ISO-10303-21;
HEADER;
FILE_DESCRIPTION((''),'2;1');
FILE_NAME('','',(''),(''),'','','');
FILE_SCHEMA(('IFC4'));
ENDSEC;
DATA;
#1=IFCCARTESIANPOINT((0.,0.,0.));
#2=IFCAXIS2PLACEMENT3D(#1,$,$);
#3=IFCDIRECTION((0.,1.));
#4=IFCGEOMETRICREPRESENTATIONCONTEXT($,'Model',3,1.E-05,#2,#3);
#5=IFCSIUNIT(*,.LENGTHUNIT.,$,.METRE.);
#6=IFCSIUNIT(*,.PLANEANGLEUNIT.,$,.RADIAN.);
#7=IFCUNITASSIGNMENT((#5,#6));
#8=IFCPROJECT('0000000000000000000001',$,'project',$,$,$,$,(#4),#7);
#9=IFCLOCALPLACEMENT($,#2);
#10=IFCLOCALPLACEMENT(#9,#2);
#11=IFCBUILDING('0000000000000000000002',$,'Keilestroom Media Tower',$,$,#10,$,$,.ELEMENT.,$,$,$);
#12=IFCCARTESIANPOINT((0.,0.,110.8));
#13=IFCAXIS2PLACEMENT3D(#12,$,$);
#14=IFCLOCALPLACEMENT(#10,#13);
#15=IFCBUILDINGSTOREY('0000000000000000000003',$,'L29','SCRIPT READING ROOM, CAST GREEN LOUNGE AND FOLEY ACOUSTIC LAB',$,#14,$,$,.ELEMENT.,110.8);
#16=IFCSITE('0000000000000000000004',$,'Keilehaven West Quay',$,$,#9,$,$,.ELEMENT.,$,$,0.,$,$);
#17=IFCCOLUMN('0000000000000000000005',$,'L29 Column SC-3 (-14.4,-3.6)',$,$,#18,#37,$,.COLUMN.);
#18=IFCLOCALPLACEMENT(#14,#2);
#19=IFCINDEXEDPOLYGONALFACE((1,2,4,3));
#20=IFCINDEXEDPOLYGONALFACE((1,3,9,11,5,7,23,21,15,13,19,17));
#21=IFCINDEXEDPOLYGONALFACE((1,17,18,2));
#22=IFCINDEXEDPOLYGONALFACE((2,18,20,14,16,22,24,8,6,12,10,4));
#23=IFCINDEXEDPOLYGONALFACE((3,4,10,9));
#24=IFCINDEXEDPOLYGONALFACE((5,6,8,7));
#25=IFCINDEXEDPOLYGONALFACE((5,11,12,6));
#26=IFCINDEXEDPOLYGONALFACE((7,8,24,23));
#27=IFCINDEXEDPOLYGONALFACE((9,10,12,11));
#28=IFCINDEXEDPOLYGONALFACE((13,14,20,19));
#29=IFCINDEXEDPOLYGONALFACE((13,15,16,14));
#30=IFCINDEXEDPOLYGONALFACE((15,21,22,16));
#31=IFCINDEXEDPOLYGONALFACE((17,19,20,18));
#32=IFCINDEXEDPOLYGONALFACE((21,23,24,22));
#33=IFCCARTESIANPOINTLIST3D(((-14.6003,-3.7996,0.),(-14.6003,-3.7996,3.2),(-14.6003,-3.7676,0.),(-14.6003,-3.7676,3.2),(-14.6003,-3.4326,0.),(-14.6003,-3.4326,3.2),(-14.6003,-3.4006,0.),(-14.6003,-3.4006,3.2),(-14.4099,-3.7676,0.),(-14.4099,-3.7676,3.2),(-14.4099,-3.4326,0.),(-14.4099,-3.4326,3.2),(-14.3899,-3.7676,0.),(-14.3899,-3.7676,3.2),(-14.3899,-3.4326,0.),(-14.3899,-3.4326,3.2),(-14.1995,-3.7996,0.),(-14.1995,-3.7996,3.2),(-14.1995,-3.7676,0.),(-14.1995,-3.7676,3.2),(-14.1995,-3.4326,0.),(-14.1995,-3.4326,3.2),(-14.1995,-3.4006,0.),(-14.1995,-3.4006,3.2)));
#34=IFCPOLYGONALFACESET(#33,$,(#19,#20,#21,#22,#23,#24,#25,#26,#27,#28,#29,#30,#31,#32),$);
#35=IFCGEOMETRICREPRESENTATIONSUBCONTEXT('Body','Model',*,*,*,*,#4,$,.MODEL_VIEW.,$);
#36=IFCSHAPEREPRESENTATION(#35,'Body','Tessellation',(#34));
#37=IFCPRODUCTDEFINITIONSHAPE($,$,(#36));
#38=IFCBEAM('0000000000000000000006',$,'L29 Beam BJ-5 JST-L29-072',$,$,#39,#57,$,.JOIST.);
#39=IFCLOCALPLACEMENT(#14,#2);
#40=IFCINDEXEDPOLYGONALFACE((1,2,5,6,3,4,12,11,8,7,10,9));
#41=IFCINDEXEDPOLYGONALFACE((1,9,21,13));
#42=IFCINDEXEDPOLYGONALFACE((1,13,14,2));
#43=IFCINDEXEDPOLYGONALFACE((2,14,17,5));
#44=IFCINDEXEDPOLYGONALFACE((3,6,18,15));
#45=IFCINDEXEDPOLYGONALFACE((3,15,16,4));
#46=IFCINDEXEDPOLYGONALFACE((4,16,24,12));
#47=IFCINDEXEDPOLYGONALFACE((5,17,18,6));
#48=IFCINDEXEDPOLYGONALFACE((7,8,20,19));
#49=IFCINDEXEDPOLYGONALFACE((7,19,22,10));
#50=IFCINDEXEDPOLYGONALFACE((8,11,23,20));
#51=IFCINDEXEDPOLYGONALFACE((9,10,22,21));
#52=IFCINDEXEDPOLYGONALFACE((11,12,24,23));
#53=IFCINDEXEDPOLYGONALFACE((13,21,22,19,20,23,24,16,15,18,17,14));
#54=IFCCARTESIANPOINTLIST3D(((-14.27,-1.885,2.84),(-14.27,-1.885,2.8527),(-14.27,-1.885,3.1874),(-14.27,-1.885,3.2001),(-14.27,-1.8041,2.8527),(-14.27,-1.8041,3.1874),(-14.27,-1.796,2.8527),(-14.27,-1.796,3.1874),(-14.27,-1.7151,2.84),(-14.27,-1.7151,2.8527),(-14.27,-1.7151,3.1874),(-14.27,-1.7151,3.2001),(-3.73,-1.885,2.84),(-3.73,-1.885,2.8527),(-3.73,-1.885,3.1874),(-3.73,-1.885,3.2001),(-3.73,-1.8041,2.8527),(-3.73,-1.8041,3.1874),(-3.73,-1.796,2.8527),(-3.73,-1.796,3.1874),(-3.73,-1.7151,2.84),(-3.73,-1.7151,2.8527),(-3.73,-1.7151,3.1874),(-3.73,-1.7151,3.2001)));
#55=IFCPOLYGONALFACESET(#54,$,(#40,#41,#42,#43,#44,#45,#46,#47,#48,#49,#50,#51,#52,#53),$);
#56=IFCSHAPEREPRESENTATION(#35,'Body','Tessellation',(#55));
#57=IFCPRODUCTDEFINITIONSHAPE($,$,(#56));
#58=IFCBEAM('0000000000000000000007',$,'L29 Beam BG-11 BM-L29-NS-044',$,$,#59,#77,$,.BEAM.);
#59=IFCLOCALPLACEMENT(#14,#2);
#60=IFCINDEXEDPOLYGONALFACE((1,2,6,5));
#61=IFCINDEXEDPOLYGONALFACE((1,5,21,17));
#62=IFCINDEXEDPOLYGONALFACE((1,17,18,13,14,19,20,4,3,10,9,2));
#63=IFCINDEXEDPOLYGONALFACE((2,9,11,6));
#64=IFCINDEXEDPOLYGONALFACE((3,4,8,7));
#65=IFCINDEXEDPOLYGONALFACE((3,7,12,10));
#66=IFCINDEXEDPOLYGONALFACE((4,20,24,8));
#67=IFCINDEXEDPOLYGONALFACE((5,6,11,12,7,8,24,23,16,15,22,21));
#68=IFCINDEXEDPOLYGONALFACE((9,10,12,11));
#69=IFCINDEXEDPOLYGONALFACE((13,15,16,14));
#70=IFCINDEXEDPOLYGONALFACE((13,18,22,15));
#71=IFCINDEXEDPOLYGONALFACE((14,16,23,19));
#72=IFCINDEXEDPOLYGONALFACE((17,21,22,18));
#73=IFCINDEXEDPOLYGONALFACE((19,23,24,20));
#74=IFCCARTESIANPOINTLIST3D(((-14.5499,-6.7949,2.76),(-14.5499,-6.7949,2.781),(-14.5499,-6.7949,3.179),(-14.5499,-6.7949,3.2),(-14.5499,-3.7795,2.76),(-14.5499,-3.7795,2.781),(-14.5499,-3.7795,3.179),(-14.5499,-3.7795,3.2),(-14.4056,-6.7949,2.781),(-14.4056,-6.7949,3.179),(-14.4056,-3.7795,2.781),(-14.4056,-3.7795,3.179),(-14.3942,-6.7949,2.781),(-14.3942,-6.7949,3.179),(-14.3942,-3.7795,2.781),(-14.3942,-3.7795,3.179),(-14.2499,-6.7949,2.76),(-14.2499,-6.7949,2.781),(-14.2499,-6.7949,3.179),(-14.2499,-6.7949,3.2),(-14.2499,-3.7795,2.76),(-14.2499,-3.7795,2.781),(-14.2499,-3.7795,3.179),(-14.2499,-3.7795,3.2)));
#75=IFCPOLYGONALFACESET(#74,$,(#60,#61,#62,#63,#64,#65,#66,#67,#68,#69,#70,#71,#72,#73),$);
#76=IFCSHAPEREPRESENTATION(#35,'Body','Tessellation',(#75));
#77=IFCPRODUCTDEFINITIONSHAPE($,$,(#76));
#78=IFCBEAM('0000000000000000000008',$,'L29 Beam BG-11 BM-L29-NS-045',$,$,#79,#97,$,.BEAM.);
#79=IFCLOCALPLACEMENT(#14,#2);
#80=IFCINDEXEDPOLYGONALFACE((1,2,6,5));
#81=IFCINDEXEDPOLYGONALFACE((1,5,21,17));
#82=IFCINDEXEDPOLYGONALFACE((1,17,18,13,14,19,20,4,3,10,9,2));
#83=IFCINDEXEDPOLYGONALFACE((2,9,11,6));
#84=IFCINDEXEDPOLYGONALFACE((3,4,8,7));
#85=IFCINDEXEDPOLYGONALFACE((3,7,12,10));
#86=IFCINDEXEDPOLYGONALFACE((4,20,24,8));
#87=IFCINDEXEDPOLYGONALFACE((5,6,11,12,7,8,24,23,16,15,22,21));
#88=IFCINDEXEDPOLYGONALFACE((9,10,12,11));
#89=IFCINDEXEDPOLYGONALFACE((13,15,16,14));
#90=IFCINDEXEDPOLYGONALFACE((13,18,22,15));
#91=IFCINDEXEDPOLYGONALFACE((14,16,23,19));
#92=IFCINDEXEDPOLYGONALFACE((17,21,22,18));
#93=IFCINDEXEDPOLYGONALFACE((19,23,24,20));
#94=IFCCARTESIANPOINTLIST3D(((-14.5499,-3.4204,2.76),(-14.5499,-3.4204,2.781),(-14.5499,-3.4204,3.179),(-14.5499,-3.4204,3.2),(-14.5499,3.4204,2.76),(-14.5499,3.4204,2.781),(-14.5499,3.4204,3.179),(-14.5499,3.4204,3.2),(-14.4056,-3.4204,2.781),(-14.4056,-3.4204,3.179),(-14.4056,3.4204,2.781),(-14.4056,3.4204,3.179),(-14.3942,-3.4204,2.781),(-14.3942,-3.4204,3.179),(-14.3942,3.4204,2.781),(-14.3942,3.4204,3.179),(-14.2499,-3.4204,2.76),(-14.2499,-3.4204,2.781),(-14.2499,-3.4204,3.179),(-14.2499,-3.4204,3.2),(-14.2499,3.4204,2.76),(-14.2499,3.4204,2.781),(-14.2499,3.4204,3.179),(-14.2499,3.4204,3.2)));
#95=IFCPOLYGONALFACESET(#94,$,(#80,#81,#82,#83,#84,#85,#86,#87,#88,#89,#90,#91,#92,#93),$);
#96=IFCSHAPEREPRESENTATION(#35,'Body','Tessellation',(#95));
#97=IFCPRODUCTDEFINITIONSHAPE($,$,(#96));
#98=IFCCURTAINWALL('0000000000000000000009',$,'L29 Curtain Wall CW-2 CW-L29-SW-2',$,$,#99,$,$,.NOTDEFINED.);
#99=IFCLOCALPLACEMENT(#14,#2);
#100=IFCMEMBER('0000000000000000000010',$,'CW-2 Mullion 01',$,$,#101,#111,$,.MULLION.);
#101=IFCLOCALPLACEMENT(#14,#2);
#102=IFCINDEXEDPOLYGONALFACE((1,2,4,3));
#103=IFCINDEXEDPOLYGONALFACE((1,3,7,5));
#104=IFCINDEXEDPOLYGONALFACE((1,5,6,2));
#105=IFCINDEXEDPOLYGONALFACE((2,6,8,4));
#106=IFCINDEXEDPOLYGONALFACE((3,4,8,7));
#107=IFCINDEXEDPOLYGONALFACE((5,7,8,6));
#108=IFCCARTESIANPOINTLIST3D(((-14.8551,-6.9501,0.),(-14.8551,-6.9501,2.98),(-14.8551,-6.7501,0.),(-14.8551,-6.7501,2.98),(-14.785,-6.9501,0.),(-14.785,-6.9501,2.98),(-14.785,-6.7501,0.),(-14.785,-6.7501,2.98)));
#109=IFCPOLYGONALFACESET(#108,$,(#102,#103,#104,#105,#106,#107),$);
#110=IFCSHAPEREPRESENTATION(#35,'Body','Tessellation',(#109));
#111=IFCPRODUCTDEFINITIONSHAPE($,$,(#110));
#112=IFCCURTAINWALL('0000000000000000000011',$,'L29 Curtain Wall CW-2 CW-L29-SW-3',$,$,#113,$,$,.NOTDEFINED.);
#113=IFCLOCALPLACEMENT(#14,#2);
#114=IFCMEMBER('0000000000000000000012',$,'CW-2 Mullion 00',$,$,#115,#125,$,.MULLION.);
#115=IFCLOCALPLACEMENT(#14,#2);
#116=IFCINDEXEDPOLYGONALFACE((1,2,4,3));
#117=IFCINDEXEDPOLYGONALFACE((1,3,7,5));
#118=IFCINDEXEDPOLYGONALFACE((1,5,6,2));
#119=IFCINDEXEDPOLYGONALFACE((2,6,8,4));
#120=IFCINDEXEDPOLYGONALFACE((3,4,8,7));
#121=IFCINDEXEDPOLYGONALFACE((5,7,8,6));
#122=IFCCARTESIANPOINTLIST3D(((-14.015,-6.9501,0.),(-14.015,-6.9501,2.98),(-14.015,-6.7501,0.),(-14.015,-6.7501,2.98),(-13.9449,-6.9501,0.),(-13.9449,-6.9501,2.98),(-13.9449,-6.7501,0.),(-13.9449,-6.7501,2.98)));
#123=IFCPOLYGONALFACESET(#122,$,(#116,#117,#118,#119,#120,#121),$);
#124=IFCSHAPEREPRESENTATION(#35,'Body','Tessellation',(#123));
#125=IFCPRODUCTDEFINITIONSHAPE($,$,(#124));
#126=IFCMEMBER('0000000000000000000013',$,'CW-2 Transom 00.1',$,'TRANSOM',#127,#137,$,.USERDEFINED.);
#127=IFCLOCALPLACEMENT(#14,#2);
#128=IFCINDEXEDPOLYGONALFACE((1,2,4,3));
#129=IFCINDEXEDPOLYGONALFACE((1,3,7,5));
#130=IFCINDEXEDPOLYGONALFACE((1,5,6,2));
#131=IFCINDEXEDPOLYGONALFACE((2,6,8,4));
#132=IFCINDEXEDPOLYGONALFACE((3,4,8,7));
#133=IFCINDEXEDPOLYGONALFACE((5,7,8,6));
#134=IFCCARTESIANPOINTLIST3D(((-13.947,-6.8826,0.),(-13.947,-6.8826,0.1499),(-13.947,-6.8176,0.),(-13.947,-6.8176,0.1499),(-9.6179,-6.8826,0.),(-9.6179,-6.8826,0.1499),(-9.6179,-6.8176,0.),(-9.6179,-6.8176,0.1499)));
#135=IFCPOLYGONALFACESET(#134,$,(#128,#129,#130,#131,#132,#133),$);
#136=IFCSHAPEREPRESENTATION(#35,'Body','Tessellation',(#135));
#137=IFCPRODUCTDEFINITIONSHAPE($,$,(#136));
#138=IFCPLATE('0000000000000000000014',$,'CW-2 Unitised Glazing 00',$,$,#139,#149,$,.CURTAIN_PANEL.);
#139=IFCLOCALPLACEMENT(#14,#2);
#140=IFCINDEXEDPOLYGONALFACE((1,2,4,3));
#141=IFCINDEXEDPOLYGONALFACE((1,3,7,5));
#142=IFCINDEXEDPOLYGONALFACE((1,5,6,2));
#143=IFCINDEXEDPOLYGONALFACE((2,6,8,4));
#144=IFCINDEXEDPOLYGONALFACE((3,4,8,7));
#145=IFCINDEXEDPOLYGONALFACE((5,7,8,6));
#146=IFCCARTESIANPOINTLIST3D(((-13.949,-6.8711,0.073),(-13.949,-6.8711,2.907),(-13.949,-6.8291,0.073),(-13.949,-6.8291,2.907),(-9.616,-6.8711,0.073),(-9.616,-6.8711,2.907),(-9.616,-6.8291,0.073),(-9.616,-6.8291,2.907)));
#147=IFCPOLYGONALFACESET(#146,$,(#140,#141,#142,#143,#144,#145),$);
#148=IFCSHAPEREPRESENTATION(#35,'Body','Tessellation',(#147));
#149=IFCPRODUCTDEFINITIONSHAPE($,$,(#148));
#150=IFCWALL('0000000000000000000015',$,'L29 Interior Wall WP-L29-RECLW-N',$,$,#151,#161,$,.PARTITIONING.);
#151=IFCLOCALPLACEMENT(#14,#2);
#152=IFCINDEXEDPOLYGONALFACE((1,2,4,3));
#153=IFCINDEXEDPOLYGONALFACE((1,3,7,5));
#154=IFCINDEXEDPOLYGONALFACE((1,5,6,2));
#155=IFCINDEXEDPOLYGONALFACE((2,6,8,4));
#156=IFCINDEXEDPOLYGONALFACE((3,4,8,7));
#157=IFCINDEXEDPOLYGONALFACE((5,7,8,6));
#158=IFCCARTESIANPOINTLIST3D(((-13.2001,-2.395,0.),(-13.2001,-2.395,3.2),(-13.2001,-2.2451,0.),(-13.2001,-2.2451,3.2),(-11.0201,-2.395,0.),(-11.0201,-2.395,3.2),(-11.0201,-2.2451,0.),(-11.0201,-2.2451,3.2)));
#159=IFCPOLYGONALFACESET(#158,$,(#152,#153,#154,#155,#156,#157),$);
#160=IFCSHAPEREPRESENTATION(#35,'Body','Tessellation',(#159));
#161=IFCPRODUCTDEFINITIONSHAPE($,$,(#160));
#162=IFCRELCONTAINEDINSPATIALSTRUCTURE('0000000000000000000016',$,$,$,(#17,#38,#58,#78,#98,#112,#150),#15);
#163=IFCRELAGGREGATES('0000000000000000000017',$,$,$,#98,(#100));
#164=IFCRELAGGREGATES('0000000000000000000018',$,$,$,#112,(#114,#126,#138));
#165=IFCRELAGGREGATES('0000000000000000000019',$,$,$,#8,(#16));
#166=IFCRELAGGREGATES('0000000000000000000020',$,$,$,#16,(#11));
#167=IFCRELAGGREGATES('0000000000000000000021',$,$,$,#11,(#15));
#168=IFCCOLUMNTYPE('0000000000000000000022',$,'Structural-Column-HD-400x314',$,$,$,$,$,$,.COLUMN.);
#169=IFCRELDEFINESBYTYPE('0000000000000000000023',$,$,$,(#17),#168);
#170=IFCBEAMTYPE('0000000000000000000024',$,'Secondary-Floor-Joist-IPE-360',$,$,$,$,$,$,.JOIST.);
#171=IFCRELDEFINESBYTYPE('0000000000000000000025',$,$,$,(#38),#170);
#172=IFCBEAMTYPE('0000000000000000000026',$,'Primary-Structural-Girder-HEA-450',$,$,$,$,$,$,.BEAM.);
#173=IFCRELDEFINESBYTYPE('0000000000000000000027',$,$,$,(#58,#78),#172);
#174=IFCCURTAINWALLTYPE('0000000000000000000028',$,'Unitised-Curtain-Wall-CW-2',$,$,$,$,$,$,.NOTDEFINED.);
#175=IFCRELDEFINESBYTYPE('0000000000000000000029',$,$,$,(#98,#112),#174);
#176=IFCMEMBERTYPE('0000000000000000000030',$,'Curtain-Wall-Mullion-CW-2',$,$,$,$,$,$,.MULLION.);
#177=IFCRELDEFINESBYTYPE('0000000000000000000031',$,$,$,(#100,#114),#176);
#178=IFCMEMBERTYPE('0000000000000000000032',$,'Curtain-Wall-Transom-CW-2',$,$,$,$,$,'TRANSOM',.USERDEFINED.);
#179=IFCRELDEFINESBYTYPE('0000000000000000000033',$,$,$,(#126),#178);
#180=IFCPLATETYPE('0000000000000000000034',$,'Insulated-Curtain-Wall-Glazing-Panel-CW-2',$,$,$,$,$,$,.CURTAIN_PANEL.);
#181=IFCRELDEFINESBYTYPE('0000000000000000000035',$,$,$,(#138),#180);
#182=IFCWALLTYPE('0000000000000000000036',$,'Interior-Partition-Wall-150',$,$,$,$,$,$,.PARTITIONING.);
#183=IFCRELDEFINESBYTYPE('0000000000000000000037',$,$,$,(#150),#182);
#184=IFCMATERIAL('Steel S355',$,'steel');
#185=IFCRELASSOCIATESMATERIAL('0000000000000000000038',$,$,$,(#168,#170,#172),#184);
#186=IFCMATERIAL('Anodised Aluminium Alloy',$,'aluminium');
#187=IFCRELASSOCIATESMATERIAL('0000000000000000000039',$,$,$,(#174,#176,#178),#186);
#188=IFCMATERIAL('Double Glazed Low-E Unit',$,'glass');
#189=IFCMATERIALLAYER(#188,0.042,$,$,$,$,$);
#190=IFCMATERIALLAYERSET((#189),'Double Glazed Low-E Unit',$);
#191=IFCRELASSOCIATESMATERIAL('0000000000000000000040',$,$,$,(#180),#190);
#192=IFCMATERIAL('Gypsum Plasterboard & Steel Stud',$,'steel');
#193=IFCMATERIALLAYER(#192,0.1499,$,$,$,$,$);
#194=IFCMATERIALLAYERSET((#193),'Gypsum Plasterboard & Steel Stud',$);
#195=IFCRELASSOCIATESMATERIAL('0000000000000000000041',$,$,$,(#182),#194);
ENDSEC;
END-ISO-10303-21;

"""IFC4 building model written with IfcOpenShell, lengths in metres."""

from ifc_helpers import new_model, si_unit, direction, frame, frame_2d, origin, origin_2d, place, context, subcontext, project, spatial, rectangle, i_section, extrude, source, transform, mapped, material, layer, layer_set, material_profile, profile_set, type_object, element, aggregate, save


model = new_model("IFC4")

# Units and contexts
model_context = context("Model", 3, precision=1e-05, world=origin(), true_north=direction((0.0, 1.0)))
body_context = subcontext(model_context, "Body", "Model", "MODEL_VIEW")
ifc_project = project(units=[si_unit("LENGTHUNIT", "METRE"), si_unit("PLANEANGLEUNIT", "RADIAN")], contexts=[model_context])

# Site, building, storey
site_placement = place(None, origin())
site = spatial("IfcSite", under=ifc_project, at=site_placement, Name="Keilehaven West Quay", CompositionType="ELEMENT", RefElevation=0.0)
building_placement = place(site_placement, origin())
building = spatial("IfcBuilding", under=site, at=building_placement, Name="Keilestroom Media Tower", CompositionType="ELEMENT")
storey_placement = place(building_placement, frame((0.0, 0.0, 110.8)))
storey = spatial("IfcBuildingStorey", under=building, at=storey_placement, Name="L29", Description="SCRIPT READING ROOM, CAST GREEN LOUNGE AND FOLEY ACOUSTIC LAB", CompositionType="ELEMENT", Elevation=110.8)

# Column
ifc_material_1 = material(Name="Steel S355", Category="steel")
ifc_material_profile_1 = material_profile(ifc_material_1, i_section(OverallWidth=0.4009, OverallDepth=0.3989, WebThickness=0.02, FlangeThickness=0.032, at=origin_2d()), Name="HD 400x314")
ifc_profile_set_1 = profile_set([ifc_material_profile_1], Name="Steel S355")
column_type = type_object("IfcColumnType", Name="Structural-Column-HD-400x314", PredefinedType="COLUMN", material=ifc_profile_set_1)
shared_shape_1 = source(origin(), body_context, "Body", "SweptSolid", [
    extrude(i_section(OverallWidth=0.4009, OverallDepth=0.3989, WebThickness=0.02, FlangeThickness=0.032, at=origin_2d()), origin(), (0.0, 0.0, 1.0), 3.2),
])
column_placement = place(storey_placement, frame((-14.3999, -3.6001, 0.0), z_axis=(0.0, 0.0, 1.0), x_axis=(1.0, 0.0, 0.0)))
element("IfcColumn", 1, at=column_placement, inside=storey, type_object=column_type, Name="L29 Column SC-3 (-14.4,-3.6)", PredefinedType="COLUMN", context=body_context, shape_type="MappedRepresentation", body=[
    mapped(shared_shape_1, transform((0.0, 0.0, 0.0), x_axis=(1.0, 0.0, 0.0), y_axis=(0.0, 1.0, 0.0), z_axis=(0.0, 0.0, 1.0), scale=1.0)),
])

# Beams
ifc_material_profile_2 = material_profile(ifc_material_1, i_section(OverallWidth=0.1699, OverallDepth=0.3601, WebThickness=0.0081, FlangeThickness=0.0127, at=origin_2d()), Name="IPE 360")
ifc_profile_set_2 = profile_set([ifc_material_profile_2], Name="Steel S355")
beam_type_1 = type_object("IfcBeamType", Name="Secondary-Floor-Joist-IPE-360", PredefinedType="JOIST", material=ifc_profile_set_2)
shared_shape_2 = source(origin(), body_context, "Body", "SweptSolid", [
    extrude(i_section(OverallWidth=0.1699, OverallDepth=0.3601, WebThickness=0.0081, FlangeThickness=0.0127, at=origin_2d()), origin(), (0.0, 0.0, 1.0), 10.54),
])
beam_1_placement = place(storey_placement, frame((-14.27, -1.8, 3.02), z_axis=(1.0, 0.0, 0.0), x_axis=(0.0, 1.0, 0.0)))
element("IfcBeam", 2, at=beam_1_placement, inside=storey, type_object=beam_type_1, Name="L29 Beam BJ-5 JST-L29-072", PredefinedType="JOIST", context=body_context, shape_type="MappedRepresentation", body=[
    mapped(shared_shape_2, transform((0.0, 0.0, 0.0), x_axis=(1.0, 0.0, 0.0), y_axis=(0.0, 1.0, 0.0), z_axis=(0.0, 0.0, 1.0), scale=1.0)),
])
ifc_material_profile_3 = material_profile(ifc_material_1, i_section(OverallWidth=0.3, OverallDepth=0.4399, WebThickness=0.0115, FlangeThickness=0.021, at=origin_2d()), Name="HEA 450")
ifc_profile_set_3 = profile_set([ifc_material_profile_3], Name="Steel S355")
beam_type_2 = type_object("IfcBeamType", Name="Primary-Structural-Girder-HEA-450", PredefinedType="BEAM", material=ifc_profile_set_3)
shared_shape_3 = source(origin(), body_context, "Body", "SweptSolid", [
    extrude(i_section(OverallWidth=0.3, OverallDepth=0.4399, WebThickness=0.0115, FlangeThickness=0.021, at=origin_2d()), origin(), (0.0, 0.0, 1.0), 3.0154),
])
beam_2_placement = place(storey_placement, frame((-14.3999, -6.7949, 2.98), z_axis=(0.0, 1.0, 0.0), x_axis=(-1.0, 0.0, 0.0)))
element("IfcBeam", 3, at=beam_2_placement, inside=storey, type_object=beam_type_2, Name="L29 Beam BG-11 BM-L29-NS-044", PredefinedType="BEAM", context=body_context, shape_type="MappedRepresentation", body=[
    mapped(shared_shape_3, transform((0.0, 0.0, 0.0), x_axis=(1.0, 0.0, 0.0), y_axis=(0.0, 1.0, 0.0), z_axis=(0.0, 0.0, 1.0), scale=1.0)),
])
shared_shape_4 = source(origin(), body_context, "Body", "SweptSolid", [
    extrude(i_section(OverallWidth=0.3, OverallDepth=0.4399, WebThickness=0.0115, FlangeThickness=0.021, at=origin_2d()), origin(), (0.0, 0.0, 1.0), 6.8408),
])
beam_3_placement = place(storey_placement, frame((-14.3999, -3.4204, 2.98), z_axis=(0.0, 1.0, 0.0), x_axis=(-1.0, 0.0, 0.0)))
element("IfcBeam", 4, at=beam_3_placement, inside=storey, type_object=beam_type_2, Name="L29 Beam BG-11 BM-L29-NS-045", PredefinedType="BEAM", context=body_context, shape_type="MappedRepresentation", body=[
    mapped(shared_shape_4, transform((0.0, 0.0, 0.0), x_axis=(1.0, 0.0, 0.0), y_axis=(0.0, 1.0, 0.0), z_axis=(0.0, 0.0, 1.0), scale=1.0)),
])

# Curtain wall, member
ifc_material_2 = material(Name="Anodised Aluminium Alloy", Category="aluminium")
curtain_wall_type = type_object("IfcCurtainWallType", Name="Unitised-Curtain-Wall-CW-2", PredefinedType="NOTDEFINED", material=ifc_material_2)
curtain_wall_1_placement = place(storey_placement, origin())
curtain_wall_1 = element("IfcCurtainWall", 5, at=curtain_wall_1_placement, inside=storey, type_object=curtain_wall_type, Name="L29 Curtain Wall CW-2 CW-L29-SW-2", PredefinedType="NOTDEFINED")
ifc_material_profile_4 = material_profile(ifc_material_2, rectangle(XDim=0.0701, YDim=0.2, at=origin_2d()), Name="ALU MULLION 70x200")
ifc_profile_set_4 = profile_set([ifc_material_profile_4], Name="Anodised Aluminium Alloy")
member_type_1 = type_object("IfcMemberType", Name="Curtain-Wall-Mullion-CW-2", PredefinedType="MULLION", material=ifc_profile_set_4)
shared_shape_5 = source(origin(), body_context, "Body", "SweptSolid", [
    extrude(rectangle(XDim=0.0701, YDim=0.2, at=origin_2d()), origin(), (0.0, 0.0, 1.0), 2.98),
])
member_1_placement = place(storey_placement, frame((-14.8201, -6.8501, 0.0), z_axis=(0.0, 0.0, 1.0), x_axis=(1.0, 0.0, 0.0)))
member_1 = element("IfcMember", 6, at=member_1_placement, type_object=member_type_1, Name="CW-2 Mullion 01", PredefinedType="MULLION", context=body_context, shape_type="MappedRepresentation", body=[
    mapped(shared_shape_5, transform((0.0, 0.0, 0.0), x_axis=(1.0, 0.0, 0.0), y_axis=(0.0, 1.0, 0.0), z_axis=(0.0, 0.0, 1.0), scale=1.0)),
])
aggregate(curtain_wall_1, [member_1])

# Curtain wall, members, plate
curtain_wall_2_placement = place(storey_placement, origin())
curtain_wall_2 = element("IfcCurtainWall", 7, at=curtain_wall_2_placement, inside=storey, type_object=curtain_wall_type, Name="L29 Curtain Wall CW-2 CW-L29-SW-3", PredefinedType="NOTDEFINED")
member_2_placement = place(storey_placement, frame((-13.98, -6.8501, 0.0), z_axis=(0.0, 0.0, 1.0), x_axis=(1.0, 0.0, 0.0)))
member_2 = element("IfcMember", 8, at=member_2_placement, type_object=member_type_1, Name="CW-2 Mullion 00", PredefinedType="MULLION", context=body_context, shape_type="MappedRepresentation", body=[
    mapped(shared_shape_5, transform((0.0, 0.0, 0.0), x_axis=(1.0, 0.0, 0.0), y_axis=(0.0, 1.0, 0.0), z_axis=(0.0, 0.0, 1.0), scale=1.0)),
])
ifc_material_profile_5 = material_profile(ifc_material_2, rectangle(XDim=0.0649, YDim=0.1499, at=origin_2d()), Name="ALU TRANSOM 65x150")
ifc_profile_set_5 = profile_set([ifc_material_profile_5], Name="Anodised Aluminium Alloy")
member_type_2 = type_object("IfcMemberType", Name="Curtain-Wall-Transom-CW-2", ElementType="TRANSOM", PredefinedType="USERDEFINED", material=ifc_profile_set_5)
shared_shape_6 = source(origin(), body_context, "Body", "SweptSolid", [
    extrude(rectangle(XDim=0.0649, YDim=0.1499, at=origin_2d()), origin(), (0.0, 0.0, 1.0), 4.3291),
])
member_3_placement = place(storey_placement, frame((-13.947, -6.8501, 0.075), z_axis=(1.0, 0.0, 0.0), x_axis=(0.0, 1.0, 0.0)))
member_3 = element("IfcMember", 9, at=member_3_placement, type_object=member_type_2, Name="CW-2 Transom 00.1", ObjectType="TRANSOM", PredefinedType="USERDEFINED", context=body_context, shape_type="MappedRepresentation", body=[
    mapped(shared_shape_6, transform((0.0, 0.0, 0.0), x_axis=(1.0, 0.0, 0.0), y_axis=(0.0, 1.0, 0.0), z_axis=(0.0, 0.0, 1.0), scale=1.0)),
])
ifc_material_3 = material(Name="Double Glazed Low-E Unit", Category="glass")
ifc_layer_1 = layer(ifc_material_3, 0.042)
ifc_layer_set_1 = layer_set([ifc_layer_1], Name="Double Glazed Low-E Unit")
plate_type = type_object("IfcPlateType", Name="Insulated-Curtain-Wall-Glazing-Panel-CW-2", PredefinedType="CURTAIN_PANEL", material=ifc_layer_set_1)
shared_shape_7 = source(origin(), body_context, "Body", "SweptSolid", [
    extrude(rectangle(XDim=4.333, YDim=0.042, at=origin_2d()), origin(), (0.0, 0.0, 1.0), 2.834),
])
plate_placement = place(storey_placement, frame((-11.7825, -6.8501, 0.073), z_axis=(0.0, 0.0, 1.0), x_axis=(1.0, 0.0, 0.0)))
plate = element("IfcPlate", 10, at=plate_placement, type_object=plate_type, Name="CW-2 Unitised Glazing 00", PredefinedType="CURTAIN_PANEL", context=body_context, shape_type="MappedRepresentation", body=[
    mapped(shared_shape_7, transform((0.0, 0.0, 0.0), x_axis=(1.0, 0.0, 0.0), y_axis=(0.0, 1.0, 0.0), z_axis=(0.0, 0.0, 1.0), scale=1.0)),
])
aggregate(curtain_wall_2, [member_2, member_3, plate])

# Wall
ifc_material_4 = material(Name="Gypsum Plasterboard & Steel Stud", Category="steel")
ifc_layer_2 = layer(ifc_material_4, 0.1499)
ifc_layer_set_2 = layer_set([ifc_layer_2], Name="Gypsum Plasterboard & Steel Stud")
wall_type_1 = type_object("IfcWallType", Name="Interior-Partition-Wall-150", PredefinedType="PARTITIONING", material=ifc_layer_set_2)
wall_1_placement = place(storey_placement, frame((-13.2, -2.3201, 0.0), z_axis=(0.0, 0.0, 1.0), x_axis=(1.0, 0.0, 0.0)))
element("IfcWall", 11, at=wall_1_placement, inside=storey, type_object=wall_type_1, Name="L29 Interior Wall WP-L29-RECLW-N", PredefinedType="PARTITIONING", context=body_context, shape_type="SweptSolid", body=[
    extrude(rectangle(XDim=2.1799, YDim=0.1499, at=frame_2d((1.0898, 0.0))), origin(), (0.0, 0.0, 1.0), 3.2),
])

save(model, "model.ifc")
